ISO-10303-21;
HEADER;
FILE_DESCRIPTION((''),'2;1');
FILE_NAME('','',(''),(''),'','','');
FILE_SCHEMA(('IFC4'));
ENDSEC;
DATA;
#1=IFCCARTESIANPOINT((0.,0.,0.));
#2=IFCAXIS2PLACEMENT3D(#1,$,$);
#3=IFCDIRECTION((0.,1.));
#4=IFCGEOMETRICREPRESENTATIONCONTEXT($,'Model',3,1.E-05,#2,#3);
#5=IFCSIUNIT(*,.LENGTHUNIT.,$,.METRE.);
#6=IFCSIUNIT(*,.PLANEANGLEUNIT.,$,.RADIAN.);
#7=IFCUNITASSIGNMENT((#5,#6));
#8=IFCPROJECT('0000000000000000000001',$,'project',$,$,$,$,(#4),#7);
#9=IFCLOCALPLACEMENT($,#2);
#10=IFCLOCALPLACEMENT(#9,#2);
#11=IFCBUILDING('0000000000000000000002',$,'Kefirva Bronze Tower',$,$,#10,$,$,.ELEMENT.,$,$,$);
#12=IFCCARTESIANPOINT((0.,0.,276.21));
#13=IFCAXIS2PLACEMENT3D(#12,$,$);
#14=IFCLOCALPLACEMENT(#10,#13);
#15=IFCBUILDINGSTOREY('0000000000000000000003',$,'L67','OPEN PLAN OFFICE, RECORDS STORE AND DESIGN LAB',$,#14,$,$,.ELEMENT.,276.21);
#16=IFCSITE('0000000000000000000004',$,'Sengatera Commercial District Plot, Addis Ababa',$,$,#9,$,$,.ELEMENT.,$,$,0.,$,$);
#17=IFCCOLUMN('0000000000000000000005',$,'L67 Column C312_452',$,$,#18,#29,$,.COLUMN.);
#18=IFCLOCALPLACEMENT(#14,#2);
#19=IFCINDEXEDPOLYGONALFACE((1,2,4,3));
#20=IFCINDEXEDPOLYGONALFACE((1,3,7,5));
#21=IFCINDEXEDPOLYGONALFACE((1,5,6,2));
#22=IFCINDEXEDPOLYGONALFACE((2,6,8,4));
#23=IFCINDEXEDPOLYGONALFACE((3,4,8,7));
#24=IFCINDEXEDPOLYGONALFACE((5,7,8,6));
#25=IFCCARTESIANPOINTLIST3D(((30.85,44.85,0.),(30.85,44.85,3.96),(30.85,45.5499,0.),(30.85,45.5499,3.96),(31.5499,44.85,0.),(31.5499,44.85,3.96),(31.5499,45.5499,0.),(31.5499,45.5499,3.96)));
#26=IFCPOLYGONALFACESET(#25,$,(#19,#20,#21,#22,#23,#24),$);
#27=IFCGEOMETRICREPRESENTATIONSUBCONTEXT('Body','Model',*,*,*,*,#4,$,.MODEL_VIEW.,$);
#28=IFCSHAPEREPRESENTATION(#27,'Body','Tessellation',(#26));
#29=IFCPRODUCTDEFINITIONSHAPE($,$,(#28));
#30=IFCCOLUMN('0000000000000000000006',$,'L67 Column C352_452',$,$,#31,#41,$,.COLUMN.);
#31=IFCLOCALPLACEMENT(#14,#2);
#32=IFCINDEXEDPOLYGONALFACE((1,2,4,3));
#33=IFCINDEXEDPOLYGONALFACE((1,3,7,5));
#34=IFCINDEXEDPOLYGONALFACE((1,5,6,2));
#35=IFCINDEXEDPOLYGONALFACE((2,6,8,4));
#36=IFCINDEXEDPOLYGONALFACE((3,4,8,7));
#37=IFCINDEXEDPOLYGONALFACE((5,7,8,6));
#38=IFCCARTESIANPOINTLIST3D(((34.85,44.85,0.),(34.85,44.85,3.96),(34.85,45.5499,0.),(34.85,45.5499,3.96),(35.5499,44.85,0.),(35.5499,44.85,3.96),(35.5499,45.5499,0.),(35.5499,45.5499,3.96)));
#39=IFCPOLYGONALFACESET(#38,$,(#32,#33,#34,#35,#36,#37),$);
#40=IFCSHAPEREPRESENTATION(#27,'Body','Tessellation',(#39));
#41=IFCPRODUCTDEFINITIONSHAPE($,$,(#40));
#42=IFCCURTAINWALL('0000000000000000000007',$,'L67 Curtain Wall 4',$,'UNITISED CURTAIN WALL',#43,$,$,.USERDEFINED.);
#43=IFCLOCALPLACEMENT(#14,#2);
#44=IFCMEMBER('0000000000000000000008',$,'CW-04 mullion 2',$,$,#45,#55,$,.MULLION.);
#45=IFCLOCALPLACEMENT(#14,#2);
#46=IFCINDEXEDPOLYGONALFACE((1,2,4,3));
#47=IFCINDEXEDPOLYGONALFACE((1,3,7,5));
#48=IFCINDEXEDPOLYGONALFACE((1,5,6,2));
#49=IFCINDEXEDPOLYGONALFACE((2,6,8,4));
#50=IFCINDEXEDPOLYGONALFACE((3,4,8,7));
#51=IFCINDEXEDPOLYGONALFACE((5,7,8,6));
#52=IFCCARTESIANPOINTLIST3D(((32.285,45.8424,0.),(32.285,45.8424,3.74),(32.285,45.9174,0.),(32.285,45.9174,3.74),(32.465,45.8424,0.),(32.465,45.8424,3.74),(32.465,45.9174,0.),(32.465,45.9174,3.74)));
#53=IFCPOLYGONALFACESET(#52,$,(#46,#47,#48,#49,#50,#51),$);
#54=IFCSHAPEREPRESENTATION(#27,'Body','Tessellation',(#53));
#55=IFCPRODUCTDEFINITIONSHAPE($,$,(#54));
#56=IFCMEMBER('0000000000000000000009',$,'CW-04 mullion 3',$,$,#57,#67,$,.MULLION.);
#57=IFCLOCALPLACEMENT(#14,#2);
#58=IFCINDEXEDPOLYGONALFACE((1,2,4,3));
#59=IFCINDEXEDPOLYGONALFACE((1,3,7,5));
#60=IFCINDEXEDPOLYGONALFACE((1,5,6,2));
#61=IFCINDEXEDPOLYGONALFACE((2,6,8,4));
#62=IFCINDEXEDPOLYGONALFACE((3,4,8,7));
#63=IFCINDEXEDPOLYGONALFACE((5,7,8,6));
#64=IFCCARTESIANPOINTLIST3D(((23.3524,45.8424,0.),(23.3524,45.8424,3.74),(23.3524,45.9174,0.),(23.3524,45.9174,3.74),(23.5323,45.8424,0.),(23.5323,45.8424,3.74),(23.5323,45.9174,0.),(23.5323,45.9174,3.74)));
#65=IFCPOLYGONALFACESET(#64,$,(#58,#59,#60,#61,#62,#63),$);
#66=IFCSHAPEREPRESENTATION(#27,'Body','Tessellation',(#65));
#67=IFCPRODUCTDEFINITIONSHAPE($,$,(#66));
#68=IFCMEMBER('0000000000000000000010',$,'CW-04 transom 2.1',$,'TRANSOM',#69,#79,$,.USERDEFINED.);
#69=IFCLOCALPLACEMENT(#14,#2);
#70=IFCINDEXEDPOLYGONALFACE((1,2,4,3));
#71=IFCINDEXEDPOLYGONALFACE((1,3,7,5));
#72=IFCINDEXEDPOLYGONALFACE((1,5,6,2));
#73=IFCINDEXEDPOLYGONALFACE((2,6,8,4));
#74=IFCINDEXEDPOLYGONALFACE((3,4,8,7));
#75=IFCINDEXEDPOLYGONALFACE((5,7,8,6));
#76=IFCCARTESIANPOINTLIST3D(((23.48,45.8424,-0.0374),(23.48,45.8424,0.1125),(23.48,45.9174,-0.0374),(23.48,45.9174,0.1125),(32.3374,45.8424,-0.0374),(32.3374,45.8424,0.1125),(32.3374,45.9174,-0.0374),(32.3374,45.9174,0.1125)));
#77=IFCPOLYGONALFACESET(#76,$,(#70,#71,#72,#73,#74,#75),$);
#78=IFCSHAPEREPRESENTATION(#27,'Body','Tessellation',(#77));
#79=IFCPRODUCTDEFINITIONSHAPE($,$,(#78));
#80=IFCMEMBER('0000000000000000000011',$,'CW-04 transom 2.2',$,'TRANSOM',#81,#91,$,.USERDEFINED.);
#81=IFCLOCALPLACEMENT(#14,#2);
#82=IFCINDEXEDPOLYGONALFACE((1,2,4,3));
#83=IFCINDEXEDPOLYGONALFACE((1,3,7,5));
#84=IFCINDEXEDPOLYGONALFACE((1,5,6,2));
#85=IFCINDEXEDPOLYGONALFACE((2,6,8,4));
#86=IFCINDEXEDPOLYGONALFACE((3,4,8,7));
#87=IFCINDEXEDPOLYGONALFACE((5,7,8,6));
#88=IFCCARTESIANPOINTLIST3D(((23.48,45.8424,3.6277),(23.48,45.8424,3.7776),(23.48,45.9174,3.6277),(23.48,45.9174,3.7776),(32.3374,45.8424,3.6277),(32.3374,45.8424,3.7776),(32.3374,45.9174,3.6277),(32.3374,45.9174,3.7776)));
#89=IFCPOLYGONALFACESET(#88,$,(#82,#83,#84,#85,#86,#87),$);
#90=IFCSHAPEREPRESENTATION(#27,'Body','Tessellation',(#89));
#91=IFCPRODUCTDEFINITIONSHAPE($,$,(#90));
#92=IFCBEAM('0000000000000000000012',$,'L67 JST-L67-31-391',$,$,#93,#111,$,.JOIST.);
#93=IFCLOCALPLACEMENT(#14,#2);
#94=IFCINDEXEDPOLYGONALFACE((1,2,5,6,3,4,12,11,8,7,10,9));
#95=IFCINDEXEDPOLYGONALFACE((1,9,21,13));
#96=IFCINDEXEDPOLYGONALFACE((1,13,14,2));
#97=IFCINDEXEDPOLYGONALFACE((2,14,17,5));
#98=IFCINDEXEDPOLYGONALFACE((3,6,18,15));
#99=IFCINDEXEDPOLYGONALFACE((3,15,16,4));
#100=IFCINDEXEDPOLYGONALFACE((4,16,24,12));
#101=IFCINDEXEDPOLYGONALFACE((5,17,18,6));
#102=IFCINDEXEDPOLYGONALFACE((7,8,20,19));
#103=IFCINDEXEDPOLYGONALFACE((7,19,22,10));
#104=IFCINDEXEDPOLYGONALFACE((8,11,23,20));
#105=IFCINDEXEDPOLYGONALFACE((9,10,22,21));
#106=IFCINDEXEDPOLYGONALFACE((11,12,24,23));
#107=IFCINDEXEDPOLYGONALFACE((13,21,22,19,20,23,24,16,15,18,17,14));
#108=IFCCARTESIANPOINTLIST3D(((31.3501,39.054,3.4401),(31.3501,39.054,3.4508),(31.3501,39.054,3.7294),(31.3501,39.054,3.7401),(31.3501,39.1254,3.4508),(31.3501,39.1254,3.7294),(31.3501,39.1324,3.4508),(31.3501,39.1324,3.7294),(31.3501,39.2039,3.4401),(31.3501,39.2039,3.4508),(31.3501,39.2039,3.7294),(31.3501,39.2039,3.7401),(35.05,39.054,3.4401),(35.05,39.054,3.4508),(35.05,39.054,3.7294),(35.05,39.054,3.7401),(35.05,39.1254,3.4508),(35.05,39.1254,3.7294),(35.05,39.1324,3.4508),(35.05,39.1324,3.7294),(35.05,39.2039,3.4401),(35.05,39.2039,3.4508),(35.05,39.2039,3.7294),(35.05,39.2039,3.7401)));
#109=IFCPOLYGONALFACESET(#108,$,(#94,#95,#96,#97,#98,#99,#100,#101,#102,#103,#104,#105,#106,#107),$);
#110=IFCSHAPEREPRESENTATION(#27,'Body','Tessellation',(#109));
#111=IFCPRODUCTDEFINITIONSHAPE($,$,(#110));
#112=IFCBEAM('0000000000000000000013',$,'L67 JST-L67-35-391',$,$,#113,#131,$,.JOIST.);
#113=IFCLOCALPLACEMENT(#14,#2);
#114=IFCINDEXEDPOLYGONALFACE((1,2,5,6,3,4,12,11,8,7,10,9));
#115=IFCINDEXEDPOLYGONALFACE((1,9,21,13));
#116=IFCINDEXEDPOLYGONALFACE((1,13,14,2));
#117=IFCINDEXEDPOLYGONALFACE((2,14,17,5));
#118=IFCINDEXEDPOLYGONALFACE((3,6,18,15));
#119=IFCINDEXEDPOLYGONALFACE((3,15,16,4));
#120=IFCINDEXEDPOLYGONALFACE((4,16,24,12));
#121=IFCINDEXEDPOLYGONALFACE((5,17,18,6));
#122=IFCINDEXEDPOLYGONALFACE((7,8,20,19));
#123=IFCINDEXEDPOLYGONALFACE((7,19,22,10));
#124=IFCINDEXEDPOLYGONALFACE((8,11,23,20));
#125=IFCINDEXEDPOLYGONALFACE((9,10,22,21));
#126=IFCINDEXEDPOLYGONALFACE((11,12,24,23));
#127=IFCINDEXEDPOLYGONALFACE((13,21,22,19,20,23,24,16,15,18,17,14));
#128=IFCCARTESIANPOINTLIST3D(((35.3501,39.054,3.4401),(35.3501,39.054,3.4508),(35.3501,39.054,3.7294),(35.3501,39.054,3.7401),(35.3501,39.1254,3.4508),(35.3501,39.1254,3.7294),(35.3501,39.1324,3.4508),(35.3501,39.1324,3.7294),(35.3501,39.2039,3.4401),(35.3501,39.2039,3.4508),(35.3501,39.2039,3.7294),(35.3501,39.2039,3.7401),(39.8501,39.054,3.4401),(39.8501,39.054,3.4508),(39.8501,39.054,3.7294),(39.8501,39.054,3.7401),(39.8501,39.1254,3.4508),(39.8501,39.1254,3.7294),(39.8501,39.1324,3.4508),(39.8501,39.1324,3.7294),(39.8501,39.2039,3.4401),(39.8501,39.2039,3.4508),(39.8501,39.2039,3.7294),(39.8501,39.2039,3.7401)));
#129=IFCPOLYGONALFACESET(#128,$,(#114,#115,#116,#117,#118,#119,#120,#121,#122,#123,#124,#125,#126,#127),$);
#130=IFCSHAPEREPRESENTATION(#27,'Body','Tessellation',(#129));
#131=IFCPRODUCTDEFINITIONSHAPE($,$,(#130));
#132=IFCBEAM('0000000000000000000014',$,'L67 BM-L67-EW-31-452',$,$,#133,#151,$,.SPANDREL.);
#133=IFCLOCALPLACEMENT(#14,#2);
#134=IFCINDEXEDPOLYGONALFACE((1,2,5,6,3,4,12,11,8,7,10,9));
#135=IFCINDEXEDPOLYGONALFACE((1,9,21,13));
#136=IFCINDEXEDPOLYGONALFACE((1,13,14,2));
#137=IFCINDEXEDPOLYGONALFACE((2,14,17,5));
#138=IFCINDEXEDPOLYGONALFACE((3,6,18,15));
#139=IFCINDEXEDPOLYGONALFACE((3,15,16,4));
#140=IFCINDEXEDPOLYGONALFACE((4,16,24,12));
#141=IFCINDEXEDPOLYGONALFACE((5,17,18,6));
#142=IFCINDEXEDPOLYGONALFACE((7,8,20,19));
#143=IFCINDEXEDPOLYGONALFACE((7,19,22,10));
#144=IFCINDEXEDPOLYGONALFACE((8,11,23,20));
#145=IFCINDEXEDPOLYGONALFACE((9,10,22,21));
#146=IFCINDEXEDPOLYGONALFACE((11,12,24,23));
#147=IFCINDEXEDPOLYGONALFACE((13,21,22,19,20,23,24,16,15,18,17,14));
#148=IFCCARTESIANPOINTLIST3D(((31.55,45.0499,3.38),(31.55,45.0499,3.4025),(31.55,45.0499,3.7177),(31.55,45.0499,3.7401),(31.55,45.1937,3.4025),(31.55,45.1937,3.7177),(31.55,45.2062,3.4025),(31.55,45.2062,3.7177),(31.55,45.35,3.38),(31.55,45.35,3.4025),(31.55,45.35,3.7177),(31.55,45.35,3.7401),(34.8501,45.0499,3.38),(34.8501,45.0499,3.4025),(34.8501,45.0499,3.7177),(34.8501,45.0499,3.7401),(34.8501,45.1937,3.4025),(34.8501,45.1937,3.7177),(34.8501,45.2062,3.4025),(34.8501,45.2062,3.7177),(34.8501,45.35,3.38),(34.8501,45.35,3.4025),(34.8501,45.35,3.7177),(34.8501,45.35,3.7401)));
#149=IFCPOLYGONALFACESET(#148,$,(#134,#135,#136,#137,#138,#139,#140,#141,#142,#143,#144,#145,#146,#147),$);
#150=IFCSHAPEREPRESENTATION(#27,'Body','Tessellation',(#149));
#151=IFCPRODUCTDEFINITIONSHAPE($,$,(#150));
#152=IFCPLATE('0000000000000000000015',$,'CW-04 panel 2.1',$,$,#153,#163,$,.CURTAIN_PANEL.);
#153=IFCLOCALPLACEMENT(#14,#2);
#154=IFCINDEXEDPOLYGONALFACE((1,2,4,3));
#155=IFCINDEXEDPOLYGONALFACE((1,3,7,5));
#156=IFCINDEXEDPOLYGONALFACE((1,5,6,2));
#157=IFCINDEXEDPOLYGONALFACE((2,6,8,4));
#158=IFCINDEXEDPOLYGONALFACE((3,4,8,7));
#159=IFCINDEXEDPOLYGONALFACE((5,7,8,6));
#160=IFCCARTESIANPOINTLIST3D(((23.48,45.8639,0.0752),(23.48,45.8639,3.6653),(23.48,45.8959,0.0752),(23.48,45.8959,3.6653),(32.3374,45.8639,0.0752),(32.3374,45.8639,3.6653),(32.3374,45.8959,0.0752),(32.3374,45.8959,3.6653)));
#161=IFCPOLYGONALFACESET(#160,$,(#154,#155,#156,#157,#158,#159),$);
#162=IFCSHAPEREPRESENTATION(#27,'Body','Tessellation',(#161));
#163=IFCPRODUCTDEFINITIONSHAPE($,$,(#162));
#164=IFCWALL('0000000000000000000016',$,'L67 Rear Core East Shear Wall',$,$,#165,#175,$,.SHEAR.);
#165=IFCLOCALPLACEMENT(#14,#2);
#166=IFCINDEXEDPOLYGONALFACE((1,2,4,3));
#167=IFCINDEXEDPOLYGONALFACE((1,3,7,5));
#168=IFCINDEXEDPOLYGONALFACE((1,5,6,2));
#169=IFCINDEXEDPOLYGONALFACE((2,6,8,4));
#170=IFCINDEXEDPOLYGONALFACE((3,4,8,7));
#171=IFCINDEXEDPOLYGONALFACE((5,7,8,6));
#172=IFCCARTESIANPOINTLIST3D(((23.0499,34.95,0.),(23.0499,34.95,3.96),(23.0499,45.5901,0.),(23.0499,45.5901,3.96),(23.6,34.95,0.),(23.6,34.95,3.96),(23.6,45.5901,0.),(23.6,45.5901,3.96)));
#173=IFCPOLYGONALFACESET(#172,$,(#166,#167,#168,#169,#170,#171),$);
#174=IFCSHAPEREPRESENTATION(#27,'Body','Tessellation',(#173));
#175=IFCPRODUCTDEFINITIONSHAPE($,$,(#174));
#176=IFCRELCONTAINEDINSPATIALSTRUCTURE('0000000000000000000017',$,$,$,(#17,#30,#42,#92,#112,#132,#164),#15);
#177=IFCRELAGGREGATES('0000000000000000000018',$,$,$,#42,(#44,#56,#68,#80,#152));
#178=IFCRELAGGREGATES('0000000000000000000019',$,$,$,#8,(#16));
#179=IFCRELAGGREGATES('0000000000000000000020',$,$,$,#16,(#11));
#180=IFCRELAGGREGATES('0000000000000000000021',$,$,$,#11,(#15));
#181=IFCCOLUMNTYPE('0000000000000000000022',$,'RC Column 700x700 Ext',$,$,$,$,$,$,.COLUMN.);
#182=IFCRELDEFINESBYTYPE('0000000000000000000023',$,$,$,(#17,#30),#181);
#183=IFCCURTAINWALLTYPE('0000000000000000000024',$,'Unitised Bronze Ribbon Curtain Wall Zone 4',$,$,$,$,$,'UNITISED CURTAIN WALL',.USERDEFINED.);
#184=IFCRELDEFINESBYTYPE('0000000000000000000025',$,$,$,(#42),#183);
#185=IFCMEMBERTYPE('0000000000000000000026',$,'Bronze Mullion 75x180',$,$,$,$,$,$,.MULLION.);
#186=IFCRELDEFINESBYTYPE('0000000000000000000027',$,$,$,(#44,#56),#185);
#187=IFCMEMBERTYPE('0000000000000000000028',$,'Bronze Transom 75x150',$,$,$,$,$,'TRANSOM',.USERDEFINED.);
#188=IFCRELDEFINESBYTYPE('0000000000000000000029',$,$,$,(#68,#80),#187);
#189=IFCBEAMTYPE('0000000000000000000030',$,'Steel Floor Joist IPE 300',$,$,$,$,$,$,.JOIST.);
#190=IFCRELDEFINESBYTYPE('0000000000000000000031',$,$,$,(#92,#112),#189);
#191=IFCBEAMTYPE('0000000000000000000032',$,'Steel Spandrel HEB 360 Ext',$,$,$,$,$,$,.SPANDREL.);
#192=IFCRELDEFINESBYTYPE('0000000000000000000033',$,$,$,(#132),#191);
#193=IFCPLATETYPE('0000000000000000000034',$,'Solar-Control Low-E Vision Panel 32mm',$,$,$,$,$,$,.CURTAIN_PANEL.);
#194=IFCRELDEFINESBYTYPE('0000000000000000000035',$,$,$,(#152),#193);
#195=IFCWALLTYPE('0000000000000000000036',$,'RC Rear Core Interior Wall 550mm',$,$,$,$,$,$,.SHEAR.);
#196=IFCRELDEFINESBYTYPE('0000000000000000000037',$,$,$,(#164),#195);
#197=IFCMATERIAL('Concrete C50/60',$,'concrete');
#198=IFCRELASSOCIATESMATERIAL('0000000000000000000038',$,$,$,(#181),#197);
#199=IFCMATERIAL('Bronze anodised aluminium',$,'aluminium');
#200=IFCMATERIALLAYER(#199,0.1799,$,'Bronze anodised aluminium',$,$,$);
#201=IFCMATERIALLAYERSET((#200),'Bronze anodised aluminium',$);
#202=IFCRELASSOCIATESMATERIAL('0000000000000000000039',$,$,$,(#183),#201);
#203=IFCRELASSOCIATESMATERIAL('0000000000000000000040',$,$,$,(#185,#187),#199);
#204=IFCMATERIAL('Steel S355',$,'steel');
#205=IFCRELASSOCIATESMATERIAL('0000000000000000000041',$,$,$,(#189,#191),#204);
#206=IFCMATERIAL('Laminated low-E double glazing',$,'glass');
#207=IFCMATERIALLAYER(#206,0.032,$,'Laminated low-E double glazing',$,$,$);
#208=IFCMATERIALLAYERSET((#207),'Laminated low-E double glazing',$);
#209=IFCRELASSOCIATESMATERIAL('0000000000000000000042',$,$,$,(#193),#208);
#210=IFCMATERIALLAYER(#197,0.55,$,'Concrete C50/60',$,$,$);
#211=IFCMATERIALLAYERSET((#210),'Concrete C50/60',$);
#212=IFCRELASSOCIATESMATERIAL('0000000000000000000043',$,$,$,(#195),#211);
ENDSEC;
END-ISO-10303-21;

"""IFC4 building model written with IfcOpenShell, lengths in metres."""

from ifc_helpers import new_model, si_unit, direction, frame, frame_2d, origin, origin_2d, place, context, subcontext, project, spatial, rectangle, i_section, extrude, material, layer, layer_set, material_profile, profile_set, type_object, element, aggregate, save


model = new_model("IFC4")

# Units and contexts
model_context = context("Model", 3, precision=1e-05, world=origin(), true_north=direction((0.0, 1.0)))
body_context = subcontext(model_context, "Body", "Model", "MODEL_VIEW")
ifc_project = project(units=[si_unit("LENGTHUNIT", "METRE"), si_unit("PLANEANGLEUNIT", "RADIAN")], contexts=[model_context])

# Site, building, storey
site_placement = place(None, origin())
site = spatial("IfcSite", under=ifc_project, at=site_placement, Name="Sengatera Commercial District Plot, Addis Ababa", CompositionType="ELEMENT", RefElevation=0.0)
building_placement = place(site_placement, origin())
building = spatial("IfcBuilding", under=site, at=building_placement, Name="Kefirva Bronze Tower", CompositionType="ELEMENT")
storey_placement = place(building_placement, frame((0.0, 0.0, 276.21)))
storey = spatial("IfcBuildingStorey", under=building, at=storey_placement, Name="L67", Description="OPEN PLAN OFFICE, RECORDS STORE AND DESIGN LAB", CompositionType="ELEMENT", Elevation=276.21)

# Columns
ifc_material_1 = material(Name="Concrete C50/60", Category="concrete")
ifc_material_profile_1 = material_profile(ifc_material_1, rectangle(XDim=0.7, YDim=0.7, at=origin_2d()), Name="RC 700x700")
ifc_profile_set_1 = profile_set([ifc_material_profile_1], Name="Concrete C50/60")
column_type = type_object("IfcColumnType", Name="RC Column 700x700 Ext", PredefinedType="COLUMN", material=ifc_profile_set_1)
for number, where, z_axis, x_axis, name in (
    (1, (31.2, 45.2, 0.0), (0.0, 0.0, 1.0), (1.0, 0.0, 0.0), "L67 Column C312_452"),
    (2, (35.2, 45.2, 0.0), (0.0, 0.0, 1.0), (1.0, 0.0, 0.0), "L67 Column C352_452"),
):
    element("IfcColumn", number, at=place(storey_placement, frame(where, z_axis=z_axis, x_axis=x_axis)), inside=storey, type_object=column_type, Name=name, PredefinedType="COLUMN", context=body_context, shape_type="SweptSolid", body=[
        extrude(rectangle(XDim=0.7, YDim=0.7, at=origin_2d()), origin(), (0.0, 0.0, 1.0), 3.96),
    ])

# Curtain wall, members
ifc_material_2 = material(Name="Bronze anodised aluminium", Category="aluminium")
ifc_layer_1 = layer(ifc_material_2, 0.1799, Name="Bronze anodised aluminium")
ifc_layer_set_1 = layer_set([ifc_layer_1], Name="Bronze anodised aluminium")
curtain_wall_type = type_object("IfcCurtainWallType", Name="Unitised Bronze Ribbon Curtain Wall Zone 4", ElementType="UNITISED CURTAIN WALL", PredefinedType="USERDEFINED", material=ifc_layer_set_1)
curtain_wall_placement = place(storey_placement, origin())
curtain_wall = element("IfcCurtainWall", 3, at=curtain_wall_placement, inside=storey, type_object=curtain_wall_type, Name="L67 Curtain Wall 4", ObjectType="UNITISED CURTAIN WALL", PredefinedType="USERDEFINED")
ifc_material_profile_2 = material_profile(ifc_material_2, rectangle(XDim=0.075, YDim=0.1799, at=origin_2d()), Name="ALU 75x180")
ifc_profile_set_2 = profile_set([ifc_material_profile_2], Name="Bronze anodised aluminium")
member_type_1 = type_object("IfcMemberType", Name="Bronze Mullion 75x180", PredefinedType="MULLION", material=ifc_profile_set_2)
member_1_placement = place(storey_placement, frame((32.375, 45.8799, 0.0), z_axis=(0.0, 0.0, 1.0), x_axis=(0.0, -1.0, 0.0)))
member_1 = element("IfcMember", 4, at=member_1_placement, type_object=member_type_1, Name="CW-04 mullion 2", PredefinedType="MULLION", context=body_context, shape_type="SweptSolid", body=[
    extrude(rectangle(XDim=0.075, YDim=0.1799, at=origin_2d()), origin(), (0.0, 0.0, 1.0), 3.74),
])
member_2_placement = place(storey_placement, frame((23.4424, 45.8799, 0.0), z_axis=(0.0, 0.0, 1.0), x_axis=(0.0, -1.0, 0.0)))
member_2 = element("IfcMember", 5, at=member_2_placement, type_object=member_type_1, Name="CW-04 mullion 3", PredefinedType="MULLION", context=body_context, shape_type="SweptSolid", body=[
    extrude(rectangle(XDim=0.075, YDim=0.1799, at=origin_2d()), origin(), (0.0, 0.0, 1.0), 3.74),
])
ifc_material_profile_3 = material_profile(ifc_material_2, rectangle(XDim=0.075, YDim=0.1499, at=origin_2d()), Name="ALU 75x150")
ifc_profile_set_3 = profile_set([ifc_material_profile_3], Name="Bronze anodised aluminium")
member_type_2 = type_object("IfcMemberType", Name="Bronze Transom 75x150", ElementType="TRANSOM", PredefinedType="USERDEFINED", material=ifc_profile_set_3)
member_3_placement = place(storey_placement, frame((32.3374, 45.8799, 0.0376), z_axis=(-1.0, 0.0, 0.0), x_axis=(0.0, -1.0, 0.0)))
member_3 = element("IfcMember", 6, at=member_3_placement, type_object=member_type_2, Name="CW-04 transom 2.1", ObjectType="TRANSOM", PredefinedType="USERDEFINED", context=body_context, shape_type="SweptSolid", body=[
    extrude(rectangle(XDim=0.075, YDim=0.1499, at=origin_2d()), origin(), (0.0, 0.0, 1.0), 8.8574),
])
member_4_placement = place(storey_placement, frame((32.3374, 45.8799, 3.7026), z_axis=(-1.0, 0.0, 0.0), x_axis=(0.0, -1.0, 0.0)))
member_4 = element("IfcMember", 7, at=member_4_placement, type_object=member_type_2, Name="CW-04 transom 2.2", ObjectType="TRANSOM", PredefinedType="USERDEFINED", context=body_context, shape_type="SweptSolid", body=[
    extrude(rectangle(XDim=0.075, YDim=0.1499, at=origin_2d()), origin(), (0.0, 0.0, 1.0), 8.8574),
])

# Beams
ifc_material_3 = material(Name="Steel S355", Category="steel")
ifc_material_profile_4 = material_profile(ifc_material_3, i_section(OverallWidth=0.1499, OverallDepth=0.3, WebThickness=0.0071, FlangeThickness=0.0107, at=origin_2d()), Name="IPE 300")
ifc_profile_set_4 = profile_set([ifc_material_profile_4], Name="Steel S355")
beam_type_1 = type_object("IfcBeamType", Name="Steel Floor Joist IPE 300", PredefinedType="JOIST", material=ifc_profile_set_4)
beam_1_placement = place(storey_placement, frame((31.3501, 39.1289, 3.5901), z_axis=(1.0, 0.0, 0.0), x_axis=(0.0, 1.0, 0.0)))
element("IfcBeam", 8, at=beam_1_placement, inside=storey, type_object=beam_type_1, Name="L67 JST-L67-31-391", PredefinedType="JOIST", context=body_context, shape_type="SweptSolid", body=[
    extrude(i_section(OverallWidth=0.1499, OverallDepth=0.3, WebThickness=0.0071, FlangeThickness=0.0107, at=origin_2d()), origin(), (0.0, 0.0, 1.0), 3.7),
])
beam_2_placement = place(storey_placement, frame((35.3501, 39.1289, 3.5901), z_axis=(1.0, 0.0, 0.0), x_axis=(0.0, 1.0, 0.0)))
element("IfcBeam", 9, at=beam_2_placement, inside=storey, type_object=beam_type_1, Name="L67 JST-L67-35-391", PredefinedType="JOIST", context=body_context, shape_type="SweptSolid", body=[
    extrude(i_section(OverallWidth=0.1499, OverallDepth=0.3, WebThickness=0.0071, FlangeThickness=0.0107, at=origin_2d()), origin(), (0.0, 0.0, 1.0), 4.5),
])
ifc_material_profile_5 = material_profile(ifc_material_3, i_section(OverallWidth=0.3, OverallDepth=0.3601, WebThickness=0.0125, FlangeThickness=0.0225, at=origin_2d()), Name="HEB 360")
ifc_profile_set_5 = profile_set([ifc_material_profile_5], Name="Steel S355")
beam_type_2 = type_object("IfcBeamType", Name="Steel Spandrel HEB 360 Ext", PredefinedType="SPANDREL", material=ifc_profile_set_5)
beam_3_placement = place(storey_placement, frame((31.55, 45.2, 3.5601), z_axis=(1.0, 0.0, 0.0), x_axis=(0.0, 1.0, 0.0)))
element("IfcBeam", 10, at=beam_3_placement, inside=storey, type_object=beam_type_2, Name="L67 BM-L67-EW-31-452", PredefinedType="SPANDREL", context=body_context, shape_type="SweptSolid", body=[
    extrude(i_section(OverallWidth=0.3, OverallDepth=0.3601, WebThickness=0.0125, FlangeThickness=0.0225, at=origin_2d()), origin(), (0.0, 0.0, 1.0), 3.3),
])

# Plate
ifc_material_4 = material(Name="Laminated low-E double glazing", Category="glass")
ifc_layer_2 = layer(ifc_material_4, 0.032, Name="Laminated low-E double glazing")
ifc_layer_set_2 = layer_set([ifc_layer_2], Name="Laminated low-E double glazing")
plate_type = type_object("IfcPlateType", Name="Solar-Control Low-E Vision Panel 32mm", PredefinedType="CURTAIN_PANEL", material=ifc_layer_set_2)
plate_placement = place(storey_placement, frame((27.9087, 45.8799, 0.0752), z_axis=(0.0, 0.0, 1.0), x_axis=(-1.0, 0.0, 0.0)))
plate = element("IfcPlate", 11, at=plate_placement, type_object=plate_type, Name="CW-04 panel 2.1", PredefinedType="CURTAIN_PANEL", context=body_context, shape_type="SweptSolid", body=[
    extrude(rectangle(XDim=8.8574, YDim=0.032, at=origin_2d()), origin(), (0.0, 0.0, 1.0), 3.5901),
])
aggregate(curtain_wall, [member_1, member_2, member_3, member_4, plate])

# Wall
ifc_layer_3 = layer(ifc_material_1, 0.55, Name="Concrete C50/60")
ifc_layer_set_3 = layer_set([ifc_layer_3], Name="Concrete C50/60")
wall_type = type_object("IfcWallType", Name="RC Rear Core Interior Wall 550mm", PredefinedType="SHEAR", material=ifc_layer_set_3)
wall_placement = place(storey_placement, frame((23.325, 34.95, 0.0), z_axis=(0.0, 0.0, 1.0), x_axis=(0.0, 1.0, 0.0)))
element("IfcWall", 12, at=wall_placement, inside=storey, type_object=wall_type, Name="L67 Rear Core East Shear Wall", PredefinedType="SHEAR", context=body_context, shape_type="SweptSolid", body=[
    extrude(rectangle(XDim=10.6401, YDim=0.55, at=frame_2d((5.3201, 0.0))), origin(), (0.0, 0.0, 1.0), 3.96),
])

save(model, "model.ifc")
